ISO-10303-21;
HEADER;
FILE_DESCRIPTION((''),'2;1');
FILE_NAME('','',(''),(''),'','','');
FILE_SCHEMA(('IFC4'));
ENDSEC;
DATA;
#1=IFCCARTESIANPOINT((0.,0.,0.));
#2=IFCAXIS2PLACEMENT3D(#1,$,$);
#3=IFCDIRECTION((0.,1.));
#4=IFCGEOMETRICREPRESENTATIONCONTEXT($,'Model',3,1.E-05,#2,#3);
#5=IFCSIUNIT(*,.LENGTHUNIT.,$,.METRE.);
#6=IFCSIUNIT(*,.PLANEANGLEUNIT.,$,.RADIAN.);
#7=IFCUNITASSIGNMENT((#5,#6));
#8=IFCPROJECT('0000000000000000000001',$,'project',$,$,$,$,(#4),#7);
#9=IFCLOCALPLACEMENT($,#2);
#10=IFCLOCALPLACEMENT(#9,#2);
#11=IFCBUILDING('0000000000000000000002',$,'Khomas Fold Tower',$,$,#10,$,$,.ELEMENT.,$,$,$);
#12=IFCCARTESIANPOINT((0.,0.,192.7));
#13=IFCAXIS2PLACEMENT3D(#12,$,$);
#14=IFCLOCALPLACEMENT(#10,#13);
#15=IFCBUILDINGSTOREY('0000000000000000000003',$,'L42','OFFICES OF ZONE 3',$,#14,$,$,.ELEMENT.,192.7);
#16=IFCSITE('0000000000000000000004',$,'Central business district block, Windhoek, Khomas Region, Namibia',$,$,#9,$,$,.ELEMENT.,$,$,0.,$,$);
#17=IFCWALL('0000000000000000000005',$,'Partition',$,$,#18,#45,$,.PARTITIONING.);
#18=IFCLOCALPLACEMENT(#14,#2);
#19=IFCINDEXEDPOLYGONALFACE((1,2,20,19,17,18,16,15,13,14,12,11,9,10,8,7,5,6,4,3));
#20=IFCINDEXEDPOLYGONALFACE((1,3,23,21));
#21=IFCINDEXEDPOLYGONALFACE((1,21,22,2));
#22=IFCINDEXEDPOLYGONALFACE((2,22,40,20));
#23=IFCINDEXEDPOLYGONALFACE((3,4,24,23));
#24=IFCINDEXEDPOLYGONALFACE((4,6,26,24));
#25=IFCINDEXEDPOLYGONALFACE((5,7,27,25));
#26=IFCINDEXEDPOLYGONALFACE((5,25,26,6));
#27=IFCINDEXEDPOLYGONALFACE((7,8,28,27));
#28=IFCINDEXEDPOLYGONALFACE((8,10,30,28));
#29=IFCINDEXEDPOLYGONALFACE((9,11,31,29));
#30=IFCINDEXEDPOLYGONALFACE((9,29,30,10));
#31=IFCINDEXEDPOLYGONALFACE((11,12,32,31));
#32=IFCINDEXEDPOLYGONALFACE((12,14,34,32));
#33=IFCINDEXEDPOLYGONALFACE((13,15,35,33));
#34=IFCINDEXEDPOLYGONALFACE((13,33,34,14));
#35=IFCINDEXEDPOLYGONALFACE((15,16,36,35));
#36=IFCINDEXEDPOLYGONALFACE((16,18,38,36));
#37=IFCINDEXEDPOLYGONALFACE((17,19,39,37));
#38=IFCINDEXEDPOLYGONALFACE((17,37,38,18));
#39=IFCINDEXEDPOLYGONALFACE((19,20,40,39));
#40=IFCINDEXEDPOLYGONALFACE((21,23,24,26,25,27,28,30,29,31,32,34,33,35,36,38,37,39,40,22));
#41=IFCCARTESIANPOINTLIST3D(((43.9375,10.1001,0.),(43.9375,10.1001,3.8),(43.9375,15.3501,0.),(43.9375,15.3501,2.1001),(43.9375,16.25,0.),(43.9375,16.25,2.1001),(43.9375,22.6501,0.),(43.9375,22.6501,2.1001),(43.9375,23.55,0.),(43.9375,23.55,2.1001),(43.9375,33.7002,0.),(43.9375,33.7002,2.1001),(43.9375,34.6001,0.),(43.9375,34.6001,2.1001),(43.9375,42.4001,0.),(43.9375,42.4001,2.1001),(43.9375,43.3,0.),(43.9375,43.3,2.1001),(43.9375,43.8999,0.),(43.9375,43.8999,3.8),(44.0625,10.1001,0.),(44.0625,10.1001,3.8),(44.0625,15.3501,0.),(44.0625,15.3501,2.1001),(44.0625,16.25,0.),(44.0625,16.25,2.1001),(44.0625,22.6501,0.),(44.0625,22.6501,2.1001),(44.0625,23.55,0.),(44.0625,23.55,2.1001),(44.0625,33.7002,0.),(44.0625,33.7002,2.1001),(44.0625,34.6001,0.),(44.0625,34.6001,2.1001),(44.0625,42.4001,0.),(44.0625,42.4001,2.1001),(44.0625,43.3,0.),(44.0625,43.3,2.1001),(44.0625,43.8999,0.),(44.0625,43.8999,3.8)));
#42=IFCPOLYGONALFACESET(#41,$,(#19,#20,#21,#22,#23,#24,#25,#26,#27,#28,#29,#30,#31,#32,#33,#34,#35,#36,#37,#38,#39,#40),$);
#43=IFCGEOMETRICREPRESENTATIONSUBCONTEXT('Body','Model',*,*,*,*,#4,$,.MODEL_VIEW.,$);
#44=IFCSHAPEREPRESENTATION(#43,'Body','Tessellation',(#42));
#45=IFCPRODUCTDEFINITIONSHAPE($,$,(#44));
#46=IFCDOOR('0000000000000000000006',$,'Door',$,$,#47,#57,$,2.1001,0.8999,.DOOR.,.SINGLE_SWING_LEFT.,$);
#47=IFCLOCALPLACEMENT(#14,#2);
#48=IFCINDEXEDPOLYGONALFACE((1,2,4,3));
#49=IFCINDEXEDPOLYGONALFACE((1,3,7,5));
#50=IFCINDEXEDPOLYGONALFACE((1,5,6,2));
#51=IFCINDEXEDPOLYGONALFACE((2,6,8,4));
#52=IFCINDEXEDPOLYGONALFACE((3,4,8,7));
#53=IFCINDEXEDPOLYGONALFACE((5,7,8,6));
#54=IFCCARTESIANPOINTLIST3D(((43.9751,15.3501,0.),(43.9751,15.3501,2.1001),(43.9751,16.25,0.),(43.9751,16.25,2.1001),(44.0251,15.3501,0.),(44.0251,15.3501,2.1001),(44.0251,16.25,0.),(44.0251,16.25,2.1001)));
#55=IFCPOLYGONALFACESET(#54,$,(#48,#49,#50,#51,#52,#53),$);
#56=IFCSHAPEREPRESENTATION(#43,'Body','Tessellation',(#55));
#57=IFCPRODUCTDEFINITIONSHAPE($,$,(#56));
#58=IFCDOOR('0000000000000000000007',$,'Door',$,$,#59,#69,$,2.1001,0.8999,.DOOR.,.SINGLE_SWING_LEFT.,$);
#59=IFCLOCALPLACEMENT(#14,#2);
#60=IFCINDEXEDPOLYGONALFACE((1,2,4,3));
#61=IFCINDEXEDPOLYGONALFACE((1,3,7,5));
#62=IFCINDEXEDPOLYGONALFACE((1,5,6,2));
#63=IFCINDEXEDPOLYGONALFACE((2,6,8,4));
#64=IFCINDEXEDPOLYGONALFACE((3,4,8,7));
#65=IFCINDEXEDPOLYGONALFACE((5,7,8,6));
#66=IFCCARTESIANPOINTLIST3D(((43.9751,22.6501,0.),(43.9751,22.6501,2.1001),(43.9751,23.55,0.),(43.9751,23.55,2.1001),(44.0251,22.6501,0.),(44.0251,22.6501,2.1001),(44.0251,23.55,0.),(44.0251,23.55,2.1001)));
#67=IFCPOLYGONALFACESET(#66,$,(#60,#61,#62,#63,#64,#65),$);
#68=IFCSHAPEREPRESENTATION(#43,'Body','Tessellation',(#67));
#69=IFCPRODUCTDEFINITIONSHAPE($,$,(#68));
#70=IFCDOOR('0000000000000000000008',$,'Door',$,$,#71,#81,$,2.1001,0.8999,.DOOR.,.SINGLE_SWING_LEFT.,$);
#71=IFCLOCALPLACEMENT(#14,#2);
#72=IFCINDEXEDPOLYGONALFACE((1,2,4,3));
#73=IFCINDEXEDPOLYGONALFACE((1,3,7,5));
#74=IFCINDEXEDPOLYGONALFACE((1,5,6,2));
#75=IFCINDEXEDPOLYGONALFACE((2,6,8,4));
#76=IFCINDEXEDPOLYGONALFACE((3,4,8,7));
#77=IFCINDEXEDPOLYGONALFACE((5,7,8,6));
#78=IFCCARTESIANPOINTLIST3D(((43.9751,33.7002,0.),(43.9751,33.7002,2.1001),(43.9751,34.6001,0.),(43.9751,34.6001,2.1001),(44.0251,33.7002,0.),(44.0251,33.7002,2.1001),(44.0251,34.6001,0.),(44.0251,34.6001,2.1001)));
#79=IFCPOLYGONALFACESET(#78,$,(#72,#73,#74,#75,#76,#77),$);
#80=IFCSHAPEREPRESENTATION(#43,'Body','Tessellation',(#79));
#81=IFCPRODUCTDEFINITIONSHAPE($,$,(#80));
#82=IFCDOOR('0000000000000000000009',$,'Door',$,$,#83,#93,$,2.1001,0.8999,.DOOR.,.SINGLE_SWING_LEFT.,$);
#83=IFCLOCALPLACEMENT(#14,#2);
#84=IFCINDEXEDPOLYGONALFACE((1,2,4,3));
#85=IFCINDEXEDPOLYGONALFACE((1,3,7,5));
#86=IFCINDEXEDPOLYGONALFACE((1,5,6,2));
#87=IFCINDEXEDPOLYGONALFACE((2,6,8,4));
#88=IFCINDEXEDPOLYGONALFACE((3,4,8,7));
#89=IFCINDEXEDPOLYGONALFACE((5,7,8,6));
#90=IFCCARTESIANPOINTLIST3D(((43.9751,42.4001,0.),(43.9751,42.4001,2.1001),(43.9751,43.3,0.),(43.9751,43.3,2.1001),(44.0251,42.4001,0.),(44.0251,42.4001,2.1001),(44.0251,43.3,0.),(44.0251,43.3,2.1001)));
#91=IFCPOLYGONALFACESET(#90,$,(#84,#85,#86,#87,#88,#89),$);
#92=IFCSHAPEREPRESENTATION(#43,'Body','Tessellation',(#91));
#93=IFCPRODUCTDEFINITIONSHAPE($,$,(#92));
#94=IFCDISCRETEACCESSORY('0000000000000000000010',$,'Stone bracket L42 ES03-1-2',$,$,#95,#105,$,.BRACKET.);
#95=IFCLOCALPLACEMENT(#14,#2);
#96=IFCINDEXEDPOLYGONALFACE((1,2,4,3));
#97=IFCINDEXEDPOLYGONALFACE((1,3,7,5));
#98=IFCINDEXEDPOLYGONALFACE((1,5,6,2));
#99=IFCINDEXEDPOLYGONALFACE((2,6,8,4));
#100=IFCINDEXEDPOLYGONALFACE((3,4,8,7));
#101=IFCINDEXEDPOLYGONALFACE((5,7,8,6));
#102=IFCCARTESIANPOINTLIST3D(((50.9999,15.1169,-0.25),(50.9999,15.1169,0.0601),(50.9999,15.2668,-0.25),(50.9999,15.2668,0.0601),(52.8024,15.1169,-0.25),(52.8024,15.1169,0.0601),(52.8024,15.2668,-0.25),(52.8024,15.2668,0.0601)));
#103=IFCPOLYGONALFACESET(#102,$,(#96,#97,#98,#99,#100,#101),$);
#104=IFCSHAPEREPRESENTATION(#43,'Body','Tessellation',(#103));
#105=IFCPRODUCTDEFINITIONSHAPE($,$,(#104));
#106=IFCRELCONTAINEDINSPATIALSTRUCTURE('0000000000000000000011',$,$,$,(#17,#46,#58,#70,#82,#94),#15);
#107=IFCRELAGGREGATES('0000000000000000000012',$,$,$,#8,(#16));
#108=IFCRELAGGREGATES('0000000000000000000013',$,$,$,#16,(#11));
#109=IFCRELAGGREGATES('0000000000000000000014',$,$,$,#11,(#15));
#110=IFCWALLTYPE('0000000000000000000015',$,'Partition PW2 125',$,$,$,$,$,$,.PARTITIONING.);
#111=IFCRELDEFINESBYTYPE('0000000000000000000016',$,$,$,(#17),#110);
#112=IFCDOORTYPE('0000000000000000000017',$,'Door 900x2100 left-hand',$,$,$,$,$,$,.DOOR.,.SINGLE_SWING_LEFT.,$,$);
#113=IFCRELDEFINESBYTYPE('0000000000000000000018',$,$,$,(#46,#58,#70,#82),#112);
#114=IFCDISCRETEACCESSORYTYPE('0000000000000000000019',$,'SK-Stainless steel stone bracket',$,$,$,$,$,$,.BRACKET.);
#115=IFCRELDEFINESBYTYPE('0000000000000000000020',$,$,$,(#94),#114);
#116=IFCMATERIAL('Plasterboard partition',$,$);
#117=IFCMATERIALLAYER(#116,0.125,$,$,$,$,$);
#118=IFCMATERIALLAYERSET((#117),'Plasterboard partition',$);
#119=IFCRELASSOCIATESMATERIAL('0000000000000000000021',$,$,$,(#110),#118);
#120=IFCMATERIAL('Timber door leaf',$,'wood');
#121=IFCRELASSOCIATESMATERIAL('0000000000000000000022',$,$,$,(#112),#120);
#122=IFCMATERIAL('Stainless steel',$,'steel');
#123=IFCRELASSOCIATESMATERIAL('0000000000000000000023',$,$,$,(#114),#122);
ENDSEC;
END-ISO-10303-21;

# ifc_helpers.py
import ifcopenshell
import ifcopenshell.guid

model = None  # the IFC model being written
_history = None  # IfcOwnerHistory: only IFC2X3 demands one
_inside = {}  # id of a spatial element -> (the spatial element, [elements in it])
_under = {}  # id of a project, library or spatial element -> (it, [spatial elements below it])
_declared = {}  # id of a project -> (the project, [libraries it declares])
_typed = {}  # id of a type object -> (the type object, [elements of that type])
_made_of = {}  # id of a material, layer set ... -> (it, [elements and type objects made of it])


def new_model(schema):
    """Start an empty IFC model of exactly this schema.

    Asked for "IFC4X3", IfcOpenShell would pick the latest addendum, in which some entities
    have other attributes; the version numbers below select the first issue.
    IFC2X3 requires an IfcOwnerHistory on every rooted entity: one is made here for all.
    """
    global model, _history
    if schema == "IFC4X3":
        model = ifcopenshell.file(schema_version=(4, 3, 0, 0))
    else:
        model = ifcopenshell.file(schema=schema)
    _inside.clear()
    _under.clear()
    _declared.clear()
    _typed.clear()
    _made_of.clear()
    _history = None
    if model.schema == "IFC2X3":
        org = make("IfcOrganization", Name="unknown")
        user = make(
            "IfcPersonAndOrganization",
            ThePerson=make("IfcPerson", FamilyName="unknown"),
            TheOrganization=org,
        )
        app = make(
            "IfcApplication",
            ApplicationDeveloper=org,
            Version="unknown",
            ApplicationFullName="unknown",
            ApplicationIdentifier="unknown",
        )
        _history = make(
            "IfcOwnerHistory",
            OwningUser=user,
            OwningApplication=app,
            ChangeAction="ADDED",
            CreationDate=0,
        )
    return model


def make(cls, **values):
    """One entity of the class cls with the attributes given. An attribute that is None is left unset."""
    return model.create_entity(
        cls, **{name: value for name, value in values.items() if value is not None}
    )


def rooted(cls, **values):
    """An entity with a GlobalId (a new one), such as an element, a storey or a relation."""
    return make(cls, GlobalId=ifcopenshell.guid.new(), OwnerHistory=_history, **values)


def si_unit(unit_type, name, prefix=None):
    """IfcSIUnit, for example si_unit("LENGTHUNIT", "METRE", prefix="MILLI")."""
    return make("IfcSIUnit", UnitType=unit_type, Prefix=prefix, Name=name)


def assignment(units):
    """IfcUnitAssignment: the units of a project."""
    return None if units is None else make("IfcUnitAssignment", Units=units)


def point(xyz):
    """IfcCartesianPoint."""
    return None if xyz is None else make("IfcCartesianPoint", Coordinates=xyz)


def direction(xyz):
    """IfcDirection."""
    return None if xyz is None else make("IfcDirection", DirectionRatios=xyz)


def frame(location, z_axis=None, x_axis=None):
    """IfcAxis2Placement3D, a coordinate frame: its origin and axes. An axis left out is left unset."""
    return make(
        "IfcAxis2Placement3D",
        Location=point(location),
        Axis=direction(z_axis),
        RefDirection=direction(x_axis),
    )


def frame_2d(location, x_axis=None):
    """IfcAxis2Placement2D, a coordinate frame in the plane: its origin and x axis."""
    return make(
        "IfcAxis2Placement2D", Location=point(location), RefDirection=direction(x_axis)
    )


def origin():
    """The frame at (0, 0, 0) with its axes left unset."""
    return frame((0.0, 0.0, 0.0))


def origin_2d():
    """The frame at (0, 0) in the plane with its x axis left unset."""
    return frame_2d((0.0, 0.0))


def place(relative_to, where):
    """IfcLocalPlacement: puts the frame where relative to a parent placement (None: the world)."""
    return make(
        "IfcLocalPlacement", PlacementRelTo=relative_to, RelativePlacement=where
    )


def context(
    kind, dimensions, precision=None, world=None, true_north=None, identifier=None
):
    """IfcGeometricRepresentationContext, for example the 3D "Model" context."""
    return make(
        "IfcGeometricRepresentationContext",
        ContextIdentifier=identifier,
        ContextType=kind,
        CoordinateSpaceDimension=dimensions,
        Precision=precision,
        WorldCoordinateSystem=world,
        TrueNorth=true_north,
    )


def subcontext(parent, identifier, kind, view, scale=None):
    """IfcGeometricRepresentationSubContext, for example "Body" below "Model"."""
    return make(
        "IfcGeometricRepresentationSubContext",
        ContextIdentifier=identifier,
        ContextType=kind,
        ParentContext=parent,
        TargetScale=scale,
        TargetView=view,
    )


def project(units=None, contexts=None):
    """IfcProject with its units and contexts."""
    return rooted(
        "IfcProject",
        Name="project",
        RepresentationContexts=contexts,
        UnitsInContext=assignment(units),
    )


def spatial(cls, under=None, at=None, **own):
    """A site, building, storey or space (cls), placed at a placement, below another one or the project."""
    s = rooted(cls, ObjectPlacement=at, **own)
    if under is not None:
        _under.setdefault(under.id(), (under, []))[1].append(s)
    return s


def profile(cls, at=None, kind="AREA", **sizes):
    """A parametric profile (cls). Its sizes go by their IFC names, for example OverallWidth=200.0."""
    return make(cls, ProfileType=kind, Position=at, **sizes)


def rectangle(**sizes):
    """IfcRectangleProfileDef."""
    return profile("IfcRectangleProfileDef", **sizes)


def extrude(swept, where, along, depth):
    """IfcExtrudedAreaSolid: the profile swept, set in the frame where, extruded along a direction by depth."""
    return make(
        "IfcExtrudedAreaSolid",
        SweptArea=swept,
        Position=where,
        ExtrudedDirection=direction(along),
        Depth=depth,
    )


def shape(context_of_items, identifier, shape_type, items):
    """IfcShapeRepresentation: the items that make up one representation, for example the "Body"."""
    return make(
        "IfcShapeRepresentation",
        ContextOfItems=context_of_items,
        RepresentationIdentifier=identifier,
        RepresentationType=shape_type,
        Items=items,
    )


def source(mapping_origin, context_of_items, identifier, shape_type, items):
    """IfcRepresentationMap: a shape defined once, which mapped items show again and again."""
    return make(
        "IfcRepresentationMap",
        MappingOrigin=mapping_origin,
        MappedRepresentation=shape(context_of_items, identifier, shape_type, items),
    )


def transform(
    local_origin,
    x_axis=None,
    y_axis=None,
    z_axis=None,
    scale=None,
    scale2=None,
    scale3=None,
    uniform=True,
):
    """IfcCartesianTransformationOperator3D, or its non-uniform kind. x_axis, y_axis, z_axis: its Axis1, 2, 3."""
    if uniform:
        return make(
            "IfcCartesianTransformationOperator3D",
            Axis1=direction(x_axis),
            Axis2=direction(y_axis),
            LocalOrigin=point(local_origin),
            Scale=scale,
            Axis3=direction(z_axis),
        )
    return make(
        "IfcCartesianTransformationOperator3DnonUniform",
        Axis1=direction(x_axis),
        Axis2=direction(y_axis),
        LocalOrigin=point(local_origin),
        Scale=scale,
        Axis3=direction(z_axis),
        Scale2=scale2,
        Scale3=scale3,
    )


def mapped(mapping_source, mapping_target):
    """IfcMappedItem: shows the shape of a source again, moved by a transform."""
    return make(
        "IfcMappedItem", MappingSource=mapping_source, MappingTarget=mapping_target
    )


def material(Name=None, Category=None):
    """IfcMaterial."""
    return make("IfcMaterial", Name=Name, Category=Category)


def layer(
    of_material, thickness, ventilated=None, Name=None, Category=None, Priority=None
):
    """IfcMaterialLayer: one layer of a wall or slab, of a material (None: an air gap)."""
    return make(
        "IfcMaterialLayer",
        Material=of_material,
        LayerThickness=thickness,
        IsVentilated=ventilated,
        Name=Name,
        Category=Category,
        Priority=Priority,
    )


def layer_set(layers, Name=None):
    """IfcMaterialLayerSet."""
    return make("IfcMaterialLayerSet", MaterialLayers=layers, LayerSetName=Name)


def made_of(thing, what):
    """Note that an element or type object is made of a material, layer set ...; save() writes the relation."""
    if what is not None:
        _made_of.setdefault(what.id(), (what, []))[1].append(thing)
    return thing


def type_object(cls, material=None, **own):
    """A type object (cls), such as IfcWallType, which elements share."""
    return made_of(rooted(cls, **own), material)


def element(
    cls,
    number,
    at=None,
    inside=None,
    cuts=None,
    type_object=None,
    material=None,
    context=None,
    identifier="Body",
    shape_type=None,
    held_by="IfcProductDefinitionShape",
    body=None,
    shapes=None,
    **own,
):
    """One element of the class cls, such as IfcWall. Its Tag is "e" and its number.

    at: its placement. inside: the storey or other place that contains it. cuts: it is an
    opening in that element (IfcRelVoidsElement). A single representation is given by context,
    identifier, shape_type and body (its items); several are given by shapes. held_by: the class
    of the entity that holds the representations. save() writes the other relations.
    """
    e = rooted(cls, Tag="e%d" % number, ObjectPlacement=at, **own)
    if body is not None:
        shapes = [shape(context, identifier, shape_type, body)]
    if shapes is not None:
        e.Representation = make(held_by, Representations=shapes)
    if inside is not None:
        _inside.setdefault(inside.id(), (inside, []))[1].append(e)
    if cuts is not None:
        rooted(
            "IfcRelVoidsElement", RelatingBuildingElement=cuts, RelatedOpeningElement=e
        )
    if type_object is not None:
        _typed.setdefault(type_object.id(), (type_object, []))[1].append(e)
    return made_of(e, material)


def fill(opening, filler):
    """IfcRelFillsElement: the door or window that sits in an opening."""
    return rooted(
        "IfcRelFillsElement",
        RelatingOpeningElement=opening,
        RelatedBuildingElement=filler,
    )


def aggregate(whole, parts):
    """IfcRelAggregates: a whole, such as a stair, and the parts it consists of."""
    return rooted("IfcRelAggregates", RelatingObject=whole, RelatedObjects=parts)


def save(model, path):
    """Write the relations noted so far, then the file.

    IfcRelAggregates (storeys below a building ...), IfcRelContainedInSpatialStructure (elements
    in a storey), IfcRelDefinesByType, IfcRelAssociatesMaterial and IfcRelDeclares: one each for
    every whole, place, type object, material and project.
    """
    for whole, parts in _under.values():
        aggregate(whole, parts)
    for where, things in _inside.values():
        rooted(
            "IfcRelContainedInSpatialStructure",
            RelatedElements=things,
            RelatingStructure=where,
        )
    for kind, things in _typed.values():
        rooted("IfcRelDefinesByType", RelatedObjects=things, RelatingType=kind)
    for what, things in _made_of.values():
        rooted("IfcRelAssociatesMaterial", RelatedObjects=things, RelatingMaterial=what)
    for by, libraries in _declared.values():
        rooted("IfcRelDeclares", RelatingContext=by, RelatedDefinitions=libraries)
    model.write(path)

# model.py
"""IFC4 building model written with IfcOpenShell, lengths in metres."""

from ifc_helpers import new_model, si_unit, direction, frame, frame_2d, origin, origin_2d, place, context, subcontext, project, spatial, rectangle, extrude, source, transform, mapped, material, layer, layer_set, type_object, element, fill, save


model = new_model("IFC4")

# Units and contexts
model_context = context("Model", 3, precision=1e-05, world=origin(), true_north=direction((0.0, 1.0)))
body_context = subcontext(model_context, "Body", "Model", "MODEL_VIEW")
ifc_project = project(units=[si_unit("LENGTHUNIT", "METRE"), si_unit("PLANEANGLEUNIT", "RADIAN")], contexts=[model_context])

# Site, building, storey
site_placement = place(None, origin())
site = spatial("IfcSite", under=ifc_project, at=site_placement, Name="Central business district block, Windhoek, Khomas Region, Namibia", CompositionType="ELEMENT", RefElevation=0.0)
building_placement = place(site_placement, origin())
building = spatial("IfcBuilding", under=site, at=building_placement, Name="Khomas Fold Tower", CompositionType="ELEMENT")
storey_placement = place(building_placement, frame((0.0, 0.0, 192.7)))
storey = spatial("IfcBuildingStorey", under=building, at=storey_placement, Name="L42", Description="OFFICES OF ZONE 3", CompositionType="ELEMENT", Elevation=192.7)

# Wall, openings, doors
ifc_material_1 = material(Name="Plasterboard partition")
ifc_layer_1 = layer(ifc_material_1, 0.125)
ifc_layer_set_1 = layer_set([ifc_layer_1], Name="Plasterboard partition")
wall_type_1 = type_object("IfcWallType", Name="Partition PW2 125", PredefinedType="PARTITIONING", material=ifc_layer_set_1)
shared_shape_1 = source(origin(), body_context, "Body", "SweptSolid", [
    extrude(rectangle(XDim=33.7998, YDim=0.125, at=frame_2d((16.8999, 0.0))), origin(), (0.0, 0.0, 1.0), 3.8),
])
wall_1_placement = place(storey_placement, frame((44.0, 10.1001, 0.0), z_axis=(0.0, 0.0, 1.0), x_axis=(0.0, 1.0, 0.0)))
wall_1 = element("IfcWall", 1, at=wall_1_placement, inside=storey, type_object=wall_type_1, Name="Partition", PredefinedType="PARTITIONING", context=body_context, shape_type="MappedRepresentation", body=[
    mapped(shared_shape_1, transform((0.0, 0.0, 0.0))),
])
shared_shape_2 = source(origin(), body_context, "Body", "SweptSolid", [
    extrude(rectangle(XDim=0.8999, YDim=2.1001, at=frame_2d((0.45, 1.05))), frame((0.0, 0.0725, 0.0), z_axis=(0.0, -1.0, 0.0), x_axis=(1.0, 0.0, 0.0)), (0.0, 0.0, 1.0), 0.145),
])
opening_1_placement = place(wall_1_placement, frame((5.25, 0.0, 0.0)))
opening_1 = element("IfcOpeningElement", 2, at=opening_1_placement, cuts=wall_1, PredefinedType="OPENING", context=body_context, shape_type="MappedRepresentation", body=[
    mapped(shared_shape_2, transform((0.0, 0.0, 0.0))),
])
opening_2_placement = place(wall_1_placement, frame((12.55, 0.0, 0.0)))
opening_2 = element("IfcOpeningElement", 3, at=opening_2_placement, cuts=wall_1, PredefinedType="OPENING", context=body_context, shape_type="MappedRepresentation", body=[
    mapped(shared_shape_2, transform((0.0, 0.0, 0.0))),
])
opening_3_placement = place(wall_1_placement, frame((23.6001, 0.0, 0.0)))
opening_3 = element("IfcOpeningElement", 4, at=opening_3_placement, cuts=wall_1, PredefinedType="OPENING", context=body_context, shape_type="MappedRepresentation", body=[
    mapped(shared_shape_2, transform((0.0, 0.0, 0.0))),
])
opening_4_placement = place(wall_1_placement, frame((32.3, 0.0, 0.0)))
opening_4 = element("IfcOpeningElement", 5, at=opening_4_placement, cuts=wall_1, PredefinedType="OPENING", context=body_context, shape_type="MappedRepresentation", body=[
    mapped(shared_shape_2, transform((0.0, 0.0, 0.0))),
])
ifc_material_2 = material(Name="Timber door leaf", Category="wood")
door_type = type_object("IfcDoorType", Name="Door 900x2100 left-hand", OperationType="SINGLE_SWING_LEFT", PredefinedType="DOOR", material=ifc_material_2)
shared_shape_3 = source(origin(), body_context, "Body", "SweptSolid", [
    extrude(rectangle(XDim=0.8999, YDim=2.1001, at=frame_2d((0.45, 1.05))), frame((0.0, 0.0249, 0.0), z_axis=(0.0, -1.0, 0.0), x_axis=(1.0, 0.0, 0.0)), (0.0, 0.0, 1.0), 0.05),
])
door_1_placement = place(opening_1_placement, origin())
door_1 = element("IfcDoor", 6, at=door_1_placement, inside=storey, type_object=door_type, Name="Door", OperationType="SINGLE_SWING_LEFT", OverallHeight=2.1001, OverallWidth=0.8999, PredefinedType="DOOR", context=body_context, shape_type="MappedRepresentation", body=[
    mapped(shared_shape_3, transform((0.0, 0.0, 0.0))),
])
fill(opening_1, door_1)
door_2_placement = place(opening_2_placement, origin())
door_2 = element("IfcDoor", 7, at=door_2_placement, inside=storey, type_object=door_type, Name="Door", OperationType="SINGLE_SWING_LEFT", OverallHeight=2.1001, OverallWidth=0.8999, PredefinedType="DOOR", context=body_context, shape_type="MappedRepresentation", body=[
    mapped(shared_shape_3, transform((0.0, 0.0, 0.0))),
])
fill(opening_2, door_2)
door_3_placement = place(opening_3_placement, origin())
door_3 = element("IfcDoor", 8, at=door_3_placement, inside=storey, type_object=door_type, Name="Door", OperationType="SINGLE_SWING_LEFT", OverallHeight=2.1001, OverallWidth=0.8999, PredefinedType="DOOR", context=body_context, shape_type="MappedRepresentation", body=[
    mapped(shared_shape_3, transform((0.0, 0.0, 0.0))),
])
fill(opening_3, door_3)
door_4_placement = place(opening_4_placement, origin())
door_4 = element("IfcDoor", 9, at=door_4_placement, inside=storey, type_object=door_type, Name="Door", OperationType="SINGLE_SWING_LEFT", OverallHeight=2.1001, OverallWidth=0.8999, PredefinedType="DOOR", context=body_context, shape_type="MappedRepresentation", body=[
    mapped(shared_shape_3, transform((0.0, 0.0, 0.0))),
])
fill(opening_4, door_4)

# Discrete accessory
ifc_material_3 = material(Name="Stainless steel", Category="steel")
discrete_accessory_type = type_object("IfcDiscreteAccessoryType", Name="SK-Stainless steel stone bracket", PredefinedType="BRACKET", material=ifc_material_3)
shared_shape_4 = source(origin(), body_context, "Body", "SweptSolid", [
    extrude(rectangle(XDim=1.8025, YDim=0.1499, at=origin_2d()), origin(), (0.0, 0.0, 1.0), 0.3101),
])
discrete_accessory_placement = place(storey_placement, frame((51.9011, 15.1919, -0.25), z_axis=(0.0, 0.0, 1.0), x_axis=(1.0, 0.0, 0.0)))
element("IfcDiscreteAccessory", 10, at=discrete_accessory_placement, inside=storey, type_object=discrete_accessory_type, Name="Stone bracket L42 ES03-1-2", PredefinedType="BRACKET", context=body_context, shape_type="MappedRepresentation", body=[
    mapped(shared_shape_4, transform((0.0, 0.0, 0.0))),
])

save(model, "model.ifc")
